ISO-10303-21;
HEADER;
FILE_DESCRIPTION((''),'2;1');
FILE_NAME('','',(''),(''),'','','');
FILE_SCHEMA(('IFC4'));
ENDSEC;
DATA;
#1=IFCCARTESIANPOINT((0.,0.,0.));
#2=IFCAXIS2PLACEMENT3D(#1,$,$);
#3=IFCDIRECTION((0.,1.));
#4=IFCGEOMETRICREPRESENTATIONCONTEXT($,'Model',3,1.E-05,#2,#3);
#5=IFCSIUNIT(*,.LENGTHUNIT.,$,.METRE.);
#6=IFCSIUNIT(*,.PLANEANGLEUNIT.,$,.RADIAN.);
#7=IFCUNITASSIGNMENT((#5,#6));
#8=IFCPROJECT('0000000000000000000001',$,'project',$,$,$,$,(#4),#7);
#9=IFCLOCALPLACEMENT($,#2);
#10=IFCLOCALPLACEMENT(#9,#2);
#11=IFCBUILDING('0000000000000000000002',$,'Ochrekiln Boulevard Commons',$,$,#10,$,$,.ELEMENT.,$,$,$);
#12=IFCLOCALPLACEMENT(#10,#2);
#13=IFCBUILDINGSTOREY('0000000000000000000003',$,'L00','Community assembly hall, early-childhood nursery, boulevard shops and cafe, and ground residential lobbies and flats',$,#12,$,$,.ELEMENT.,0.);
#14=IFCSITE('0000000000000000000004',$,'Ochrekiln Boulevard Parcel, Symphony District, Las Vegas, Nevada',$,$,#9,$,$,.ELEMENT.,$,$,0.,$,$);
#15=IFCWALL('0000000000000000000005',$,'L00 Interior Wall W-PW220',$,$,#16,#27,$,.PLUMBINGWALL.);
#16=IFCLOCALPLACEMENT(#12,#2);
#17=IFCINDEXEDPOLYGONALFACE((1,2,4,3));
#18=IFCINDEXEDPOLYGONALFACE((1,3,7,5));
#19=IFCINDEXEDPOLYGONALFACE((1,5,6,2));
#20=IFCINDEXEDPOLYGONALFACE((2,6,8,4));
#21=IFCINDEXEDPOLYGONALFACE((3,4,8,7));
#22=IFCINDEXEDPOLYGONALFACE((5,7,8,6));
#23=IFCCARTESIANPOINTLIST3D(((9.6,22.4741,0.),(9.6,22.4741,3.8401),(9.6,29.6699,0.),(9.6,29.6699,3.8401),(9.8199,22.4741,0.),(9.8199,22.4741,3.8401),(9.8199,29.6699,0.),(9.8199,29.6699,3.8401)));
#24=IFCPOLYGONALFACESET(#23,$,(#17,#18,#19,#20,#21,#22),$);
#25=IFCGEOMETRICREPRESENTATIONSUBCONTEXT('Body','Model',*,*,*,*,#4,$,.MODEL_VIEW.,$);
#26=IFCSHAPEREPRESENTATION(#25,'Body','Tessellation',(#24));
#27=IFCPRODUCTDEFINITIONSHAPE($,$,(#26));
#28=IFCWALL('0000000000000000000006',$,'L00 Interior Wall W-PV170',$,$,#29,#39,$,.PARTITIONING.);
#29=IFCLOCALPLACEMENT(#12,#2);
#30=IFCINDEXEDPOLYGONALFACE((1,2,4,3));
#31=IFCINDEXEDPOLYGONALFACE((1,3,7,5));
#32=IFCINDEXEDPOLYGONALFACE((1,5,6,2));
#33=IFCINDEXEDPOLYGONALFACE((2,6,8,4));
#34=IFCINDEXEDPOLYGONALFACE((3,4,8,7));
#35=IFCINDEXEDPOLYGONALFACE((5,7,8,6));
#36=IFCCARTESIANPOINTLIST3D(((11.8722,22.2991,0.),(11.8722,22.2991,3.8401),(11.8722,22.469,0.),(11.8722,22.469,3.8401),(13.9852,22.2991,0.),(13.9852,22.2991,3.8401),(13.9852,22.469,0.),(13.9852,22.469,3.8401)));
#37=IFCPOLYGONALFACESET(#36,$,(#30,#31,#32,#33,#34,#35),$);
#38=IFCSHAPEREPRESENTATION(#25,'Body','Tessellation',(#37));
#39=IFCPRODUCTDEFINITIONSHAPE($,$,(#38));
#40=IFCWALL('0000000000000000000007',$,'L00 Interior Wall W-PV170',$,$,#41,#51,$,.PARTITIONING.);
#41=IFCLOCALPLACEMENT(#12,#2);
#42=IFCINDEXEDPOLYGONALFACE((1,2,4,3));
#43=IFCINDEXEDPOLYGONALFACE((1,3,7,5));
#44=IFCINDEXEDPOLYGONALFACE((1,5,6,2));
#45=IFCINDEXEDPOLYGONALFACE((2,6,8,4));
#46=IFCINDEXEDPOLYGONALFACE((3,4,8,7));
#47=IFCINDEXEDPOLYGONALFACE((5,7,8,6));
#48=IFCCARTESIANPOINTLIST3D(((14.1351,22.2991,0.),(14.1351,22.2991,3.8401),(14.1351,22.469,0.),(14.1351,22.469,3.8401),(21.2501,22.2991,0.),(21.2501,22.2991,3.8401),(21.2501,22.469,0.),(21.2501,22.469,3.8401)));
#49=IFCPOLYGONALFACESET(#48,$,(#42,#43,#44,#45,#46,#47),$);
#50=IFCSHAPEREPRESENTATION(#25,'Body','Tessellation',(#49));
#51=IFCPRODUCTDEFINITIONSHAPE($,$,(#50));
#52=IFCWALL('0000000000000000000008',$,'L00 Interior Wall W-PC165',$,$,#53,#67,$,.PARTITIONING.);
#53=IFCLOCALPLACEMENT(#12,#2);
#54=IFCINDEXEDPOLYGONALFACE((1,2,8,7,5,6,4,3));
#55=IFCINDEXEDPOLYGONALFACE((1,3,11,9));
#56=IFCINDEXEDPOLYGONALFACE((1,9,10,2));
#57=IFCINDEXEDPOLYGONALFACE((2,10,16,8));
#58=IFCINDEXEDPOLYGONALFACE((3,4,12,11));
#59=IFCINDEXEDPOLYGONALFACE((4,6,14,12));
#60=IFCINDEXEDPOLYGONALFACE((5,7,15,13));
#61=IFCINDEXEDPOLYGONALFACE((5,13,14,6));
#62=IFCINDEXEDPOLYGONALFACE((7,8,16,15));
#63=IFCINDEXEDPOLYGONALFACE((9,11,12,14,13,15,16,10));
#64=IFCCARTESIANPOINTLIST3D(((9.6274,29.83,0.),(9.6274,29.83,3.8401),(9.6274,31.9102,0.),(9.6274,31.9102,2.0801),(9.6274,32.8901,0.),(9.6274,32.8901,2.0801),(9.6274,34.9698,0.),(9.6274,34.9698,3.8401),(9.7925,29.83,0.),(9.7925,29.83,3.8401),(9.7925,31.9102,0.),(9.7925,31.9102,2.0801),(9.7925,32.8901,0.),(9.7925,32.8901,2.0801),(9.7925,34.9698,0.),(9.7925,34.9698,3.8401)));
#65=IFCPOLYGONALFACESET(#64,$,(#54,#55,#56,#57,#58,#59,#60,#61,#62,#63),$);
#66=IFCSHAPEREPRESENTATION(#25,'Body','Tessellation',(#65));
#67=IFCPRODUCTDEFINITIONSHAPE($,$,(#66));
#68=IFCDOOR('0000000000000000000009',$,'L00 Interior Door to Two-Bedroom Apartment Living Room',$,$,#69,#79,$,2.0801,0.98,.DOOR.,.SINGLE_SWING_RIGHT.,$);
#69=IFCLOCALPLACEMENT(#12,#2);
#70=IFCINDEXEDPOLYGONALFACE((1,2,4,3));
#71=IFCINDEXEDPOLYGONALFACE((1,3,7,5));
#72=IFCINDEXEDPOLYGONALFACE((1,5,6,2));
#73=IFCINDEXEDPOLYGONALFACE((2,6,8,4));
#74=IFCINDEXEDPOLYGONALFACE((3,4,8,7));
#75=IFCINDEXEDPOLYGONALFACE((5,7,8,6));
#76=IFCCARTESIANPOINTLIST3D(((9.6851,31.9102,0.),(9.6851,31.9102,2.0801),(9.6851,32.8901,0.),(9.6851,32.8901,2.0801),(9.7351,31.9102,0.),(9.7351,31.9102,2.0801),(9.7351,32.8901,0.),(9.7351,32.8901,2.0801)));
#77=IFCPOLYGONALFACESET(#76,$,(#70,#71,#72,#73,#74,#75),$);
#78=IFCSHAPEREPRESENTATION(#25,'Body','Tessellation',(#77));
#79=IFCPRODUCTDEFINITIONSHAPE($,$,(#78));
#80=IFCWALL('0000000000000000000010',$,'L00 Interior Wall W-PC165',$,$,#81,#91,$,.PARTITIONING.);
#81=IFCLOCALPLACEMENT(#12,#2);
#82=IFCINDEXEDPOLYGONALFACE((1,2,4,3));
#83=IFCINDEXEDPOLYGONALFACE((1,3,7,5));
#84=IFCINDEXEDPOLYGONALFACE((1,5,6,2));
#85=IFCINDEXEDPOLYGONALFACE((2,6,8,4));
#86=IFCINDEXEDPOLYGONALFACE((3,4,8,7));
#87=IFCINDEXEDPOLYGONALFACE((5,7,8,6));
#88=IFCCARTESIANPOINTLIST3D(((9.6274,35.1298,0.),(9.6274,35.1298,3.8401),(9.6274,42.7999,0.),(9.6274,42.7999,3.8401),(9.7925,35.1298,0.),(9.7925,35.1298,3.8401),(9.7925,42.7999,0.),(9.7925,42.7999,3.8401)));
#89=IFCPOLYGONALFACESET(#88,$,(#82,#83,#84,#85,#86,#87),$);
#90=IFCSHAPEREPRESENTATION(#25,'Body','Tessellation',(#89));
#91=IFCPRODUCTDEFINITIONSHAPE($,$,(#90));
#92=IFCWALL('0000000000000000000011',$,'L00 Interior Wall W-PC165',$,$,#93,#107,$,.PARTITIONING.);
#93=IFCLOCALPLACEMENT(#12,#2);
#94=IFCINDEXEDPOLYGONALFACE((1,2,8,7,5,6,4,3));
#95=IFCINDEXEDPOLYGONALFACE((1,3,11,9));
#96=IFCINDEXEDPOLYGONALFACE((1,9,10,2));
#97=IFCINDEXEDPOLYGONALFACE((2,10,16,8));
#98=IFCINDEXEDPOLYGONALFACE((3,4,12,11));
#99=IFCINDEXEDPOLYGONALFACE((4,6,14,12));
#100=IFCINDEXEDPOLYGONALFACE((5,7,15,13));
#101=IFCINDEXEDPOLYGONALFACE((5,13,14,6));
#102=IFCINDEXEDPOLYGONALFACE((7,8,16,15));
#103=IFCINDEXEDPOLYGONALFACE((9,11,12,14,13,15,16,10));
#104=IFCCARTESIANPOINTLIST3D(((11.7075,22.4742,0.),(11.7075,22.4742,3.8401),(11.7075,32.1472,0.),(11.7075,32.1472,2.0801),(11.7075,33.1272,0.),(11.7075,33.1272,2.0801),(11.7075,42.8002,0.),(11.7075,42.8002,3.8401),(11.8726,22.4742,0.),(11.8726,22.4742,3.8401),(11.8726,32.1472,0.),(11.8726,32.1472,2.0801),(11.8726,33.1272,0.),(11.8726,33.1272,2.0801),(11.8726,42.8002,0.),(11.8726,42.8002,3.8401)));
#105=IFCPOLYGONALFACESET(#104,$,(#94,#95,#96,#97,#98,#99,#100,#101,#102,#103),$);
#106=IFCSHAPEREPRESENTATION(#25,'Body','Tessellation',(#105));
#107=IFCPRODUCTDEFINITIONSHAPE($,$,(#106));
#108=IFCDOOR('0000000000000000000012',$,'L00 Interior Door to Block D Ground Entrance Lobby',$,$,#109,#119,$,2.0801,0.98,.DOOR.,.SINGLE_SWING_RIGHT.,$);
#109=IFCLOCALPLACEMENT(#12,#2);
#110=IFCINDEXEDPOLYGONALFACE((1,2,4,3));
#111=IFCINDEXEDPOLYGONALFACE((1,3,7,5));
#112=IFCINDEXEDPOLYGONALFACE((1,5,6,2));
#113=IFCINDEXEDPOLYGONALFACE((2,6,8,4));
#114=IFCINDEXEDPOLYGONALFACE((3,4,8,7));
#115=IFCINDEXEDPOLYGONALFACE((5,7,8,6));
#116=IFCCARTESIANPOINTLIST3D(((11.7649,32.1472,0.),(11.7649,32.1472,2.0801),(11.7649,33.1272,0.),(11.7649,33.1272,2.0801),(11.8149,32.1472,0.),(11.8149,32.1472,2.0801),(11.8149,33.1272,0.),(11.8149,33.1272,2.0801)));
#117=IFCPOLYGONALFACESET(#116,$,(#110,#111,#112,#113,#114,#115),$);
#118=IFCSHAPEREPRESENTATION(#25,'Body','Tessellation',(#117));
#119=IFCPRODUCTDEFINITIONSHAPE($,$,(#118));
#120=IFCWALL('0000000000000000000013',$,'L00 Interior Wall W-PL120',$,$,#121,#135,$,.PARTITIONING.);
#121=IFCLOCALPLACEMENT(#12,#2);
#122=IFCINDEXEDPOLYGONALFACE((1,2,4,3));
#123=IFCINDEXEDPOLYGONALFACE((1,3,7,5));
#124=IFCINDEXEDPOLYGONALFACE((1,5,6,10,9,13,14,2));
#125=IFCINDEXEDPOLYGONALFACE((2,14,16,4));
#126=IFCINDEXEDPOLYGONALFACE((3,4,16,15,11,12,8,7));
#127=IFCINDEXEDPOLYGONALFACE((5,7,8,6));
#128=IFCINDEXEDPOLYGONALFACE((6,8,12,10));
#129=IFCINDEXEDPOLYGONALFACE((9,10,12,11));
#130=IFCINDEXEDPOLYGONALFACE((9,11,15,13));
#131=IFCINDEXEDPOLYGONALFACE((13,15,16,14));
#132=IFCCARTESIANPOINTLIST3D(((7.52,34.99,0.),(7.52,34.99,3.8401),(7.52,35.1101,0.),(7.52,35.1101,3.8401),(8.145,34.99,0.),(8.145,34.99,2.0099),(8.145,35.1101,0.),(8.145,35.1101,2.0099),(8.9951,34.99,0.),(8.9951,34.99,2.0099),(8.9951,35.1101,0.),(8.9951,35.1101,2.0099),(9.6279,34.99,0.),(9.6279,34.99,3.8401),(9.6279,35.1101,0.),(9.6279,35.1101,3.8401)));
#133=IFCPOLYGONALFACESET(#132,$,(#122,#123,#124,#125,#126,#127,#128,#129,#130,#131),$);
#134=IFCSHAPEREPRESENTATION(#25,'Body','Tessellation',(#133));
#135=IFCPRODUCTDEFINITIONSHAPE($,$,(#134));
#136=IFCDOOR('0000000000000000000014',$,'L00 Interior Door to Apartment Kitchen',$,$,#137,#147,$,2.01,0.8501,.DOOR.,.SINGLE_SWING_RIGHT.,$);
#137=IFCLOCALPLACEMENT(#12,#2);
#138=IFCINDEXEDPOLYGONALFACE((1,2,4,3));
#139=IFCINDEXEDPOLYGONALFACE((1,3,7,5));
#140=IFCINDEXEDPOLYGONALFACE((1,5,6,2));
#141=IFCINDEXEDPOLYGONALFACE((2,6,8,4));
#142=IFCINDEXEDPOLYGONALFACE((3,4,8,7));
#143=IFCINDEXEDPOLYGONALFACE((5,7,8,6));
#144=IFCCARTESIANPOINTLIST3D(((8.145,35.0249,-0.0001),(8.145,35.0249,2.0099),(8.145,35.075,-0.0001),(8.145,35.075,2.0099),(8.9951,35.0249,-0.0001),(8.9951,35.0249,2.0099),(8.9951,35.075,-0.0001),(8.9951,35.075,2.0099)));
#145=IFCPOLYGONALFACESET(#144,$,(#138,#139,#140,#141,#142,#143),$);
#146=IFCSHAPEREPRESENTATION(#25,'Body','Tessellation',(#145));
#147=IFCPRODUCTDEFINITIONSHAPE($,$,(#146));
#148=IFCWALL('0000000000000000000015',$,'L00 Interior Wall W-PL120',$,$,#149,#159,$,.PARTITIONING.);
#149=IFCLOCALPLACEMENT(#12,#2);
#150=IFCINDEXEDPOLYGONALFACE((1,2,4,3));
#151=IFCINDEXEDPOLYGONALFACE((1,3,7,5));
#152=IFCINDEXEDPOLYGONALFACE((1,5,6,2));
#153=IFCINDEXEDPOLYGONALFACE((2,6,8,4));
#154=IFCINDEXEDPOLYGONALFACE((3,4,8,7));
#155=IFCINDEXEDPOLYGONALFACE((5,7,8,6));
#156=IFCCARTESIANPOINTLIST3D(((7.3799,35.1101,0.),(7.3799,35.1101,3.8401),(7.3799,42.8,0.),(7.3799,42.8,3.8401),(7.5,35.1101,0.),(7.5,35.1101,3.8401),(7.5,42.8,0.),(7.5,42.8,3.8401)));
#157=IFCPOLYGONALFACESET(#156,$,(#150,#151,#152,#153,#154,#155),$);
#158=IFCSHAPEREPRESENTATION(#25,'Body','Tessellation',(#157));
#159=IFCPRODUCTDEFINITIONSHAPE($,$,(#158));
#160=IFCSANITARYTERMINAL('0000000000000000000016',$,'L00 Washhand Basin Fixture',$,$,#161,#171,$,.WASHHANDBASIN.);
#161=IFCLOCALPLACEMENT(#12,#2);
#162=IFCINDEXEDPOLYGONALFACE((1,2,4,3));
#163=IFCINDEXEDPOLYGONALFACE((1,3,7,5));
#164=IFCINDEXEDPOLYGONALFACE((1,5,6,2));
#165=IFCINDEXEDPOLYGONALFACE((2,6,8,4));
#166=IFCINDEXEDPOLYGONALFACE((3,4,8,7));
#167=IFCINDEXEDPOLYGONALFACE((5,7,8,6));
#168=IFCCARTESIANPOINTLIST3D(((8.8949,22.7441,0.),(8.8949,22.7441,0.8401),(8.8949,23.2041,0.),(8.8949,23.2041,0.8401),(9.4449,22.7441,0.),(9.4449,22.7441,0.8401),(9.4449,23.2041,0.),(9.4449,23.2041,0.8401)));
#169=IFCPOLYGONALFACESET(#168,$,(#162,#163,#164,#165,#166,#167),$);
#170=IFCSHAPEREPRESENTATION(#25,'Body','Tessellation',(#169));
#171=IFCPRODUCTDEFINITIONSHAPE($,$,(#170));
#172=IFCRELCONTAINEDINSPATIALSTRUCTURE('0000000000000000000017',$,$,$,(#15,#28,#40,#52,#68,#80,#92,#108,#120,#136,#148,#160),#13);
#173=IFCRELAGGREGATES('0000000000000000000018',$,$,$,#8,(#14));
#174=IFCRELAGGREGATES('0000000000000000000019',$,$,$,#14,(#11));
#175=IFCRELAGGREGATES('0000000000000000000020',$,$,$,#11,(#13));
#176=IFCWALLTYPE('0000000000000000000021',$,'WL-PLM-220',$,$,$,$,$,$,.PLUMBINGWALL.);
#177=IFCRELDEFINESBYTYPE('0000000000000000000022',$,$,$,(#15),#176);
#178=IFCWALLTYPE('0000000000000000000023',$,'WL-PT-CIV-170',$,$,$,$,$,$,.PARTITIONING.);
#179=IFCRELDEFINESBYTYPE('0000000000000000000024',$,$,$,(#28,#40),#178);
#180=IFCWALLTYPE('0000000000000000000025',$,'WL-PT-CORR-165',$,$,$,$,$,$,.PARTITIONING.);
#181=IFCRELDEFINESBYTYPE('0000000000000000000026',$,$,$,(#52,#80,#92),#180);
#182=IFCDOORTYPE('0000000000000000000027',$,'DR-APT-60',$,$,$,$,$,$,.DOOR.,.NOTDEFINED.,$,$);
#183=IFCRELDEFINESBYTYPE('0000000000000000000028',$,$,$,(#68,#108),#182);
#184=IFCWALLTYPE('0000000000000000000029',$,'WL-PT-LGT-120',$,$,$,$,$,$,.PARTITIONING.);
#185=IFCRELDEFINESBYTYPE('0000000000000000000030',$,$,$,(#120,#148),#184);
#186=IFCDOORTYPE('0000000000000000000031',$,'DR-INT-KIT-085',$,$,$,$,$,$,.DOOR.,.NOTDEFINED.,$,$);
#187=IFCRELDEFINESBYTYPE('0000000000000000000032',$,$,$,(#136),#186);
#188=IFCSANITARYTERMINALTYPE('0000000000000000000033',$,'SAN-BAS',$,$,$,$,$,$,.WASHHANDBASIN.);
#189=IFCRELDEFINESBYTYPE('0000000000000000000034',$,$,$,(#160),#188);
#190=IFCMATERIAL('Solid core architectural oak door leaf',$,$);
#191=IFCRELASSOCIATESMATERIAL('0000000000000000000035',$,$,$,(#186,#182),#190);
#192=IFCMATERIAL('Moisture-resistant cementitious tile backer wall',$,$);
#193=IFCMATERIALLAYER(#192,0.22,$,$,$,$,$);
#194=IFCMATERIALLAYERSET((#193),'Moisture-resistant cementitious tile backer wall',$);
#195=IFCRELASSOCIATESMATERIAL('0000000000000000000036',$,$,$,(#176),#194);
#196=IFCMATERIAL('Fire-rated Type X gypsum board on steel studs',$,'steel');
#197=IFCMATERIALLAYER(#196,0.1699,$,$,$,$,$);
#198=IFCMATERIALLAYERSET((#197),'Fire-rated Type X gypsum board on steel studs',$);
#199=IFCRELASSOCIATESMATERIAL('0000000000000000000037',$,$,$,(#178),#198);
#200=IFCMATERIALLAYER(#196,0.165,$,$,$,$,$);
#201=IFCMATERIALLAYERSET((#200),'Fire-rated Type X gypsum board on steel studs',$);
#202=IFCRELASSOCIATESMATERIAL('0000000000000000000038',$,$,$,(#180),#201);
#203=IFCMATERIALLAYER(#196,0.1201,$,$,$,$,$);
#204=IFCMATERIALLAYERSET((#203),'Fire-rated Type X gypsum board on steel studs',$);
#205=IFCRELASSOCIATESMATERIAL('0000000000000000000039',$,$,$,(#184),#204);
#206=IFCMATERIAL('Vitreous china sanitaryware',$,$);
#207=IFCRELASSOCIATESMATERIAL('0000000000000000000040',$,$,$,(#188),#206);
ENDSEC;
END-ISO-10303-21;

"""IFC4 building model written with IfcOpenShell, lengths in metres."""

from ifc_helpers import new_model, si_unit, direction, frame, frame_2d, origin, origin_2d, place, context, subcontext, project, spatial, rectangle, extrude, material, layer, layer_set, type_object, element, fill, save


model = new_model("IFC4")

# Units and contexts
model_context = context("Model", 3, precision=1e-05, world=origin(), true_north=direction((0.0, 1.0)))
body_context = subcontext(model_context, "Body", "Model", "MODEL_VIEW")
ifc_project = project(units=[si_unit("LENGTHUNIT", "METRE"), si_unit("PLANEANGLEUNIT", "RADIAN")], contexts=[model_context])

# Site, building, storey
site_placement = place(None, origin())
site = spatial("IfcSite", under=ifc_project, at=site_placement, Name="Ochrekiln Boulevard Parcel, Symphony District, Las Vegas, Nevada", CompositionType="ELEMENT", RefElevation=0.0)
building_placement = place(site_placement, origin())
building = spatial("IfcBuilding", under=site, at=building_placement, Name="Ochrekiln Boulevard Commons", CompositionType="ELEMENT")
storey_placement = place(building_placement, origin())
storey = spatial("IfcBuildingStorey", under=building, at=storey_placement, Name="L00", Description="Community assembly hall, early-childhood nursery, boulevard shops and cafe, and ground residential lobbies and flats", CompositionType="ELEMENT", Elevation=0.0)

# Shared definitions
ifc_material_1 = material(Name="Moisture-resistant cementitious tile backer wall")

# Shared definitions
ifc_material_2 = material(Name="Solid core architectural oak door leaf")
door_type_1 = type_object("IfcDoorType", Name="DR-INT-KIT-085", OperationType="NOTDEFINED", PredefinedType="DOOR", material=ifc_material_2)

# Walls
ifc_layer_1 = layer(ifc_material_1, 0.22)
ifc_layer_set_1 = layer_set([ifc_layer_1], Name="Moisture-resistant cementitious tile backer wall")
wall_type_1 = type_object("IfcWallType", Name="WL-PLM-220", PredefinedType="PLUMBINGWALL", material=ifc_layer_set_1)
wall_1_placement = place(storey_placement, frame((9.71, 22.4741, 0.0), z_axis=(0.0, 0.0, 1.0), x_axis=(0.0, 1.0, 0.0)))
element("IfcWall", 1, at=wall_1_placement, inside=storey, type_object=wall_type_1, Name="L00 Interior Wall W-PW220", PredefinedType="PLUMBINGWALL", context=body_context, shape_type="SweptSolid", body=[
    extrude(rectangle(XDim=7.1958, YDim=0.22, at=frame_2d((3.5979, 0.0))), origin(), (0.0, 0.0, 1.0), 3.8401),
])
ifc_material_3 = material(Name="Fire-rated Type X gypsum board on steel studs", Category="steel")
ifc_layer_2 = layer(ifc_material_3, 0.1699)
ifc_layer_set_2 = layer_set([ifc_layer_2], Name="Fire-rated Type X gypsum board on steel studs")
wall_type_2 = type_object("IfcWallType", Name="WL-PT-CIV-170", PredefinedType="PARTITIONING", material=ifc_layer_set_2)
wall_2_placement = place(storey_placement, frame((11.8721, 22.384, 0.0), z_axis=(0.0, 0.0, 1.0), x_axis=(1.0, 0.0, 0.0)))
element("IfcWall", 2, at=wall_2_placement, inside=storey, type_object=wall_type_2, Name="L00 Interior Wall W-PV170", PredefinedType="PARTITIONING", context=body_context, shape_type="SweptSolid", body=[
    extrude(rectangle(XDim=2.113, YDim=0.1699, at=frame_2d((1.0566, 0.0))), origin(), (0.0, 0.0, 1.0), 3.8401),
])
wall_3_placement = place(storey_placement, frame((14.135, 22.384, 0.0), z_axis=(0.0, 0.0, 1.0), x_axis=(1.0, 0.0, 0.0)))
element("IfcWall", 3, at=wall_3_placement, inside=storey, type_object=wall_type_2, Name="L00 Interior Wall W-PV170", PredefinedType="PARTITIONING", context=body_context, shape_type="SweptSolid", body=[
    extrude(rectangle(XDim=7.115, YDim=0.1699, at=frame_2d((3.5576, 0.0))), origin(), (0.0, 0.0, 1.0), 3.8401),
])

# Wall, opening, door
ifc_layer_3 = layer(ifc_material_3, 0.165)
ifc_layer_set_3 = layer_set([ifc_layer_3], Name="Fire-rated Type X gypsum board on steel studs")
wall_type_3 = type_object("IfcWallType", Name="WL-PT-CORR-165", PredefinedType="PARTITIONING", material=ifc_layer_set_3)
wall_4_placement = place(storey_placement, frame((9.71, 29.8301, 0.0), z_axis=(0.0, 0.0, 1.0), x_axis=(0.0, 1.0, 0.0)))
wall_4 = element("IfcWall", 4, at=wall_4_placement, inside=storey, type_object=wall_type_3, Name="L00 Interior Wall W-PC165", PredefinedType="PARTITIONING", context=body_context, shape_type="SweptSolid", body=[
    extrude(rectangle(XDim=5.1399, YDim=0.165, at=frame_2d((2.5698, 0.0))), origin(), (0.0, 0.0, 1.0), 3.8401),
])
opening_1_placement = place(wall_4_placement, frame((2.0801, 0.0, 0.0)))
opening_1 = element("IfcOpeningElement", 5, at=opening_1_placement, cuts=wall_4, PredefinedType="OPENING", context=body_context, shape_type="SweptSolid", body=[
    extrude(rectangle(XDim=0.98, YDim=2.0801, at=frame_2d((0.49, 1.04))), frame((0.0, 0.0925, 0.0), z_axis=(0.0, -1.0, 0.0), x_axis=(1.0, 0.0, 0.0)), (0.0, 0.0, 1.0), 0.1851),
])
door_type_2 = type_object("IfcDoorType", Name="DR-APT-60", OperationType="NOTDEFINED", PredefinedType="DOOR", material=ifc_material_2)
door_1_placement = place(opening_1_placement, origin())
door_1 = element("IfcDoor", 6, at=door_1_placement, inside=storey, type_object=door_type_2, Name="L00 Interior Door to Two-Bedroom Apartment Living Room", OperationType="SINGLE_SWING_RIGHT", OverallHeight=2.0801, OverallWidth=0.98, PredefinedType="DOOR", context=body_context, shape_type="SweptSolid", body=[
    extrude(rectangle(XDim=0.98, YDim=2.0801, at=frame_2d((0.49, 1.04))), frame((0.0, 0.0249, 0.0), z_axis=(0.0, -1.0, 0.0), x_axis=(1.0, 0.0, 0.0)), (0.0, 0.0, 1.0), 0.05),
])
fill(opening_1, door_1)

# Wall
wall_5_placement = place(storey_placement, frame((9.71, 35.1299, 0.0), z_axis=(0.0, 0.0, 1.0), x_axis=(0.0, 1.0, 0.0)))
element("IfcWall", 7, at=wall_5_placement, inside=storey, type_object=wall_type_3, Name="L00 Interior Wall W-PC165", PredefinedType="PARTITIONING", context=body_context, shape_type="SweptSolid", body=[
    extrude(rectangle(XDim=7.6702, YDim=0.165, at=frame_2d((3.835, 0.0))), origin(), (0.0, 0.0, 1.0), 3.8401),
])

# Walls, openings, doors
wall_6_placement = place(storey_placement, frame((11.79, 22.4741, 0.0), z_axis=(0.0, 0.0, 1.0), x_axis=(0.0, 1.0, 0.0)))
wall_6 = element("IfcWall", 8, at=wall_6_placement, inside=storey, type_object=wall_type_3, Name="L00 Interior Wall W-PC165", PredefinedType="PARTITIONING", context=body_context, shape_type="SweptSolid", body=[
    extrude(rectangle(XDim=20.3259, YDim=0.165, at=frame_2d((10.1631, 0.0))), origin(), (0.0, 0.0, 1.0), 3.8401),
])
opening_2_placement = place(wall_6_placement, frame((9.6731, 0.0, 0.0)))
opening_2 = element("IfcOpeningElement", 9, at=opening_2_placement, cuts=wall_6, PredefinedType="OPENING", context=body_context, shape_type="SweptSolid", body=[
    extrude(rectangle(XDim=0.98, YDim=2.0801, at=frame_2d((0.49, 1.04))), frame((0.0, 0.0925, 0.0), z_axis=(0.0, -1.0, 0.0), x_axis=(1.0, 0.0, 0.0)), (0.0, 0.0, 1.0), 0.1851),
])
door_2_placement = place(opening_2_placement, frame((0.98, 0.0, 0.0), z_axis=(0.0, 0.0, 1.0), x_axis=(-1.0, 0.0, 0.0)))
door_2 = element("IfcDoor", 10, at=door_2_placement, inside=storey, type_object=door_type_2, Name="L00 Interior Door to Block D Ground Entrance Lobby", OperationType="SINGLE_SWING_RIGHT", OverallHeight=2.0801, OverallWidth=0.98, PredefinedType="DOOR", context=body_context, shape_type="SweptSolid", body=[
    extrude(rectangle(XDim=0.98, YDim=2.0801, at=frame_2d((0.49, 1.04))), frame((0.0, 0.0249, 0.0), z_axis=(0.0, -1.0, 0.0), x_axis=(1.0, 0.0, 0.0)), (0.0, 0.0, 1.0), 0.05),
])
fill(opening_2, door_2)
ifc_layer_4 = layer(ifc_material_3, 0.1201)
ifc_layer_set_4 = layer_set([ifc_layer_4], Name="Fire-rated Type X gypsum board on steel studs")
wall_type_4 = type_object("IfcWallType", Name="WL-PT-LGT-120", PredefinedType="PARTITIONING", material=ifc_layer_set_4)
wall_7_placement = place(storey_placement, frame((7.52, 35.05, 0.0), z_axis=(0.0, 0.0, 1.0), x_axis=(1.0, 0.0, 0.0)))
wall_7 = element("IfcWall", 11, at=wall_7_placement, inside=storey, type_object=wall_type_4, Name="L00 Interior Wall W-PL120", PredefinedType="PARTITIONING", context=body_context, shape_type="SweptSolid", body=[
    extrude(rectangle(XDim=2.1079, YDim=0.1201, at=frame_2d((1.054, 0.0))), origin(), (0.0, 0.0, 1.0), 3.8401),
])
opening_3_placement = place(wall_7_placement, frame((0.625, 0.0, 0.0)))
opening_3 = element("IfcOpeningElement", 12, at=opening_3_placement, cuts=wall_7, PredefinedType="OPENING", context=body_context, shape_type="SweptSolid", body=[
    extrude(rectangle(XDim=0.8501, YDim=2.01, at=frame_2d((0.425, 1.0049))), frame((0.0, 0.0701, 0.0), z_axis=(0.0, -1.0, 0.0), x_axis=(1.0, 0.0, 0.0)), (0.0, 0.0, 1.0), 0.1401),
])
door_3_placement = place(opening_3_placement, origin())
door_3 = element("IfcDoor", 13, at=door_3_placement, inside=storey, type_object=door_type_1, Name="L00 Interior Door to Apartment Kitchen", OperationType="SINGLE_SWING_RIGHT", OverallHeight=2.01, OverallWidth=0.8501, PredefinedType="DOOR", context=body_context, shape_type="SweptSolid", body=[
    extrude(rectangle(XDim=0.8501, YDim=2.01, at=frame_2d((0.425, 1.0049))), frame((0.0, 0.0249, 0.0), z_axis=(0.0, -1.0, 0.0), x_axis=(1.0, 0.0, 0.0)), (0.0, 0.0, 1.0), 0.05),
])
fill(opening_3, door_3)

# Wall
wall_8_placement = place(storey_placement, frame((7.4399, 35.1101, 0.0), z_axis=(0.0, 0.0, 1.0), x_axis=(0.0, 1.0, 0.0)))
element("IfcWall", 14, at=wall_8_placement, inside=storey, type_object=wall_type_4, Name="L00 Interior Wall W-PL120", PredefinedType="PARTITIONING", context=body_context, shape_type="SweptSolid", body=[
    extrude(rectangle(XDim=7.6899, YDim=0.1201, at=frame_2d((3.845, 0.0))), origin(), (0.0, 0.0, 1.0), 3.8401),
])

# Sanitary terminal
ifc_material_4 = material(Name="Vitreous china sanitaryware")
sanitary_terminal_type_1 = type_object("IfcSanitaryTerminalType", Name="SAN-BAS", PredefinedType="WASHHANDBASIN", material=ifc_material_4)
sanitary_terminal_1_placement = place(storey_placement, frame((9.1699, 22.9741, 0.0), z_axis=(0.0, 0.0, 1.0), x_axis=(1.0, 0.0, 0.0)))
element("IfcSanitaryTerminal", 15, at=sanitary_terminal_1_placement, inside=storey, type_object=sanitary_terminal_type_1, Name="L00 Washhand Basin Fixture", PredefinedType="WASHHANDBASIN", context=body_context, shape_type="SweptSolid", body=[
    extrude(rectangle(XDim=0.55, YDim=0.46, at=origin_2d()), origin(), (0.0, 0.0, 1.0), 0.8401),
])

save(model, "model.ifc")
